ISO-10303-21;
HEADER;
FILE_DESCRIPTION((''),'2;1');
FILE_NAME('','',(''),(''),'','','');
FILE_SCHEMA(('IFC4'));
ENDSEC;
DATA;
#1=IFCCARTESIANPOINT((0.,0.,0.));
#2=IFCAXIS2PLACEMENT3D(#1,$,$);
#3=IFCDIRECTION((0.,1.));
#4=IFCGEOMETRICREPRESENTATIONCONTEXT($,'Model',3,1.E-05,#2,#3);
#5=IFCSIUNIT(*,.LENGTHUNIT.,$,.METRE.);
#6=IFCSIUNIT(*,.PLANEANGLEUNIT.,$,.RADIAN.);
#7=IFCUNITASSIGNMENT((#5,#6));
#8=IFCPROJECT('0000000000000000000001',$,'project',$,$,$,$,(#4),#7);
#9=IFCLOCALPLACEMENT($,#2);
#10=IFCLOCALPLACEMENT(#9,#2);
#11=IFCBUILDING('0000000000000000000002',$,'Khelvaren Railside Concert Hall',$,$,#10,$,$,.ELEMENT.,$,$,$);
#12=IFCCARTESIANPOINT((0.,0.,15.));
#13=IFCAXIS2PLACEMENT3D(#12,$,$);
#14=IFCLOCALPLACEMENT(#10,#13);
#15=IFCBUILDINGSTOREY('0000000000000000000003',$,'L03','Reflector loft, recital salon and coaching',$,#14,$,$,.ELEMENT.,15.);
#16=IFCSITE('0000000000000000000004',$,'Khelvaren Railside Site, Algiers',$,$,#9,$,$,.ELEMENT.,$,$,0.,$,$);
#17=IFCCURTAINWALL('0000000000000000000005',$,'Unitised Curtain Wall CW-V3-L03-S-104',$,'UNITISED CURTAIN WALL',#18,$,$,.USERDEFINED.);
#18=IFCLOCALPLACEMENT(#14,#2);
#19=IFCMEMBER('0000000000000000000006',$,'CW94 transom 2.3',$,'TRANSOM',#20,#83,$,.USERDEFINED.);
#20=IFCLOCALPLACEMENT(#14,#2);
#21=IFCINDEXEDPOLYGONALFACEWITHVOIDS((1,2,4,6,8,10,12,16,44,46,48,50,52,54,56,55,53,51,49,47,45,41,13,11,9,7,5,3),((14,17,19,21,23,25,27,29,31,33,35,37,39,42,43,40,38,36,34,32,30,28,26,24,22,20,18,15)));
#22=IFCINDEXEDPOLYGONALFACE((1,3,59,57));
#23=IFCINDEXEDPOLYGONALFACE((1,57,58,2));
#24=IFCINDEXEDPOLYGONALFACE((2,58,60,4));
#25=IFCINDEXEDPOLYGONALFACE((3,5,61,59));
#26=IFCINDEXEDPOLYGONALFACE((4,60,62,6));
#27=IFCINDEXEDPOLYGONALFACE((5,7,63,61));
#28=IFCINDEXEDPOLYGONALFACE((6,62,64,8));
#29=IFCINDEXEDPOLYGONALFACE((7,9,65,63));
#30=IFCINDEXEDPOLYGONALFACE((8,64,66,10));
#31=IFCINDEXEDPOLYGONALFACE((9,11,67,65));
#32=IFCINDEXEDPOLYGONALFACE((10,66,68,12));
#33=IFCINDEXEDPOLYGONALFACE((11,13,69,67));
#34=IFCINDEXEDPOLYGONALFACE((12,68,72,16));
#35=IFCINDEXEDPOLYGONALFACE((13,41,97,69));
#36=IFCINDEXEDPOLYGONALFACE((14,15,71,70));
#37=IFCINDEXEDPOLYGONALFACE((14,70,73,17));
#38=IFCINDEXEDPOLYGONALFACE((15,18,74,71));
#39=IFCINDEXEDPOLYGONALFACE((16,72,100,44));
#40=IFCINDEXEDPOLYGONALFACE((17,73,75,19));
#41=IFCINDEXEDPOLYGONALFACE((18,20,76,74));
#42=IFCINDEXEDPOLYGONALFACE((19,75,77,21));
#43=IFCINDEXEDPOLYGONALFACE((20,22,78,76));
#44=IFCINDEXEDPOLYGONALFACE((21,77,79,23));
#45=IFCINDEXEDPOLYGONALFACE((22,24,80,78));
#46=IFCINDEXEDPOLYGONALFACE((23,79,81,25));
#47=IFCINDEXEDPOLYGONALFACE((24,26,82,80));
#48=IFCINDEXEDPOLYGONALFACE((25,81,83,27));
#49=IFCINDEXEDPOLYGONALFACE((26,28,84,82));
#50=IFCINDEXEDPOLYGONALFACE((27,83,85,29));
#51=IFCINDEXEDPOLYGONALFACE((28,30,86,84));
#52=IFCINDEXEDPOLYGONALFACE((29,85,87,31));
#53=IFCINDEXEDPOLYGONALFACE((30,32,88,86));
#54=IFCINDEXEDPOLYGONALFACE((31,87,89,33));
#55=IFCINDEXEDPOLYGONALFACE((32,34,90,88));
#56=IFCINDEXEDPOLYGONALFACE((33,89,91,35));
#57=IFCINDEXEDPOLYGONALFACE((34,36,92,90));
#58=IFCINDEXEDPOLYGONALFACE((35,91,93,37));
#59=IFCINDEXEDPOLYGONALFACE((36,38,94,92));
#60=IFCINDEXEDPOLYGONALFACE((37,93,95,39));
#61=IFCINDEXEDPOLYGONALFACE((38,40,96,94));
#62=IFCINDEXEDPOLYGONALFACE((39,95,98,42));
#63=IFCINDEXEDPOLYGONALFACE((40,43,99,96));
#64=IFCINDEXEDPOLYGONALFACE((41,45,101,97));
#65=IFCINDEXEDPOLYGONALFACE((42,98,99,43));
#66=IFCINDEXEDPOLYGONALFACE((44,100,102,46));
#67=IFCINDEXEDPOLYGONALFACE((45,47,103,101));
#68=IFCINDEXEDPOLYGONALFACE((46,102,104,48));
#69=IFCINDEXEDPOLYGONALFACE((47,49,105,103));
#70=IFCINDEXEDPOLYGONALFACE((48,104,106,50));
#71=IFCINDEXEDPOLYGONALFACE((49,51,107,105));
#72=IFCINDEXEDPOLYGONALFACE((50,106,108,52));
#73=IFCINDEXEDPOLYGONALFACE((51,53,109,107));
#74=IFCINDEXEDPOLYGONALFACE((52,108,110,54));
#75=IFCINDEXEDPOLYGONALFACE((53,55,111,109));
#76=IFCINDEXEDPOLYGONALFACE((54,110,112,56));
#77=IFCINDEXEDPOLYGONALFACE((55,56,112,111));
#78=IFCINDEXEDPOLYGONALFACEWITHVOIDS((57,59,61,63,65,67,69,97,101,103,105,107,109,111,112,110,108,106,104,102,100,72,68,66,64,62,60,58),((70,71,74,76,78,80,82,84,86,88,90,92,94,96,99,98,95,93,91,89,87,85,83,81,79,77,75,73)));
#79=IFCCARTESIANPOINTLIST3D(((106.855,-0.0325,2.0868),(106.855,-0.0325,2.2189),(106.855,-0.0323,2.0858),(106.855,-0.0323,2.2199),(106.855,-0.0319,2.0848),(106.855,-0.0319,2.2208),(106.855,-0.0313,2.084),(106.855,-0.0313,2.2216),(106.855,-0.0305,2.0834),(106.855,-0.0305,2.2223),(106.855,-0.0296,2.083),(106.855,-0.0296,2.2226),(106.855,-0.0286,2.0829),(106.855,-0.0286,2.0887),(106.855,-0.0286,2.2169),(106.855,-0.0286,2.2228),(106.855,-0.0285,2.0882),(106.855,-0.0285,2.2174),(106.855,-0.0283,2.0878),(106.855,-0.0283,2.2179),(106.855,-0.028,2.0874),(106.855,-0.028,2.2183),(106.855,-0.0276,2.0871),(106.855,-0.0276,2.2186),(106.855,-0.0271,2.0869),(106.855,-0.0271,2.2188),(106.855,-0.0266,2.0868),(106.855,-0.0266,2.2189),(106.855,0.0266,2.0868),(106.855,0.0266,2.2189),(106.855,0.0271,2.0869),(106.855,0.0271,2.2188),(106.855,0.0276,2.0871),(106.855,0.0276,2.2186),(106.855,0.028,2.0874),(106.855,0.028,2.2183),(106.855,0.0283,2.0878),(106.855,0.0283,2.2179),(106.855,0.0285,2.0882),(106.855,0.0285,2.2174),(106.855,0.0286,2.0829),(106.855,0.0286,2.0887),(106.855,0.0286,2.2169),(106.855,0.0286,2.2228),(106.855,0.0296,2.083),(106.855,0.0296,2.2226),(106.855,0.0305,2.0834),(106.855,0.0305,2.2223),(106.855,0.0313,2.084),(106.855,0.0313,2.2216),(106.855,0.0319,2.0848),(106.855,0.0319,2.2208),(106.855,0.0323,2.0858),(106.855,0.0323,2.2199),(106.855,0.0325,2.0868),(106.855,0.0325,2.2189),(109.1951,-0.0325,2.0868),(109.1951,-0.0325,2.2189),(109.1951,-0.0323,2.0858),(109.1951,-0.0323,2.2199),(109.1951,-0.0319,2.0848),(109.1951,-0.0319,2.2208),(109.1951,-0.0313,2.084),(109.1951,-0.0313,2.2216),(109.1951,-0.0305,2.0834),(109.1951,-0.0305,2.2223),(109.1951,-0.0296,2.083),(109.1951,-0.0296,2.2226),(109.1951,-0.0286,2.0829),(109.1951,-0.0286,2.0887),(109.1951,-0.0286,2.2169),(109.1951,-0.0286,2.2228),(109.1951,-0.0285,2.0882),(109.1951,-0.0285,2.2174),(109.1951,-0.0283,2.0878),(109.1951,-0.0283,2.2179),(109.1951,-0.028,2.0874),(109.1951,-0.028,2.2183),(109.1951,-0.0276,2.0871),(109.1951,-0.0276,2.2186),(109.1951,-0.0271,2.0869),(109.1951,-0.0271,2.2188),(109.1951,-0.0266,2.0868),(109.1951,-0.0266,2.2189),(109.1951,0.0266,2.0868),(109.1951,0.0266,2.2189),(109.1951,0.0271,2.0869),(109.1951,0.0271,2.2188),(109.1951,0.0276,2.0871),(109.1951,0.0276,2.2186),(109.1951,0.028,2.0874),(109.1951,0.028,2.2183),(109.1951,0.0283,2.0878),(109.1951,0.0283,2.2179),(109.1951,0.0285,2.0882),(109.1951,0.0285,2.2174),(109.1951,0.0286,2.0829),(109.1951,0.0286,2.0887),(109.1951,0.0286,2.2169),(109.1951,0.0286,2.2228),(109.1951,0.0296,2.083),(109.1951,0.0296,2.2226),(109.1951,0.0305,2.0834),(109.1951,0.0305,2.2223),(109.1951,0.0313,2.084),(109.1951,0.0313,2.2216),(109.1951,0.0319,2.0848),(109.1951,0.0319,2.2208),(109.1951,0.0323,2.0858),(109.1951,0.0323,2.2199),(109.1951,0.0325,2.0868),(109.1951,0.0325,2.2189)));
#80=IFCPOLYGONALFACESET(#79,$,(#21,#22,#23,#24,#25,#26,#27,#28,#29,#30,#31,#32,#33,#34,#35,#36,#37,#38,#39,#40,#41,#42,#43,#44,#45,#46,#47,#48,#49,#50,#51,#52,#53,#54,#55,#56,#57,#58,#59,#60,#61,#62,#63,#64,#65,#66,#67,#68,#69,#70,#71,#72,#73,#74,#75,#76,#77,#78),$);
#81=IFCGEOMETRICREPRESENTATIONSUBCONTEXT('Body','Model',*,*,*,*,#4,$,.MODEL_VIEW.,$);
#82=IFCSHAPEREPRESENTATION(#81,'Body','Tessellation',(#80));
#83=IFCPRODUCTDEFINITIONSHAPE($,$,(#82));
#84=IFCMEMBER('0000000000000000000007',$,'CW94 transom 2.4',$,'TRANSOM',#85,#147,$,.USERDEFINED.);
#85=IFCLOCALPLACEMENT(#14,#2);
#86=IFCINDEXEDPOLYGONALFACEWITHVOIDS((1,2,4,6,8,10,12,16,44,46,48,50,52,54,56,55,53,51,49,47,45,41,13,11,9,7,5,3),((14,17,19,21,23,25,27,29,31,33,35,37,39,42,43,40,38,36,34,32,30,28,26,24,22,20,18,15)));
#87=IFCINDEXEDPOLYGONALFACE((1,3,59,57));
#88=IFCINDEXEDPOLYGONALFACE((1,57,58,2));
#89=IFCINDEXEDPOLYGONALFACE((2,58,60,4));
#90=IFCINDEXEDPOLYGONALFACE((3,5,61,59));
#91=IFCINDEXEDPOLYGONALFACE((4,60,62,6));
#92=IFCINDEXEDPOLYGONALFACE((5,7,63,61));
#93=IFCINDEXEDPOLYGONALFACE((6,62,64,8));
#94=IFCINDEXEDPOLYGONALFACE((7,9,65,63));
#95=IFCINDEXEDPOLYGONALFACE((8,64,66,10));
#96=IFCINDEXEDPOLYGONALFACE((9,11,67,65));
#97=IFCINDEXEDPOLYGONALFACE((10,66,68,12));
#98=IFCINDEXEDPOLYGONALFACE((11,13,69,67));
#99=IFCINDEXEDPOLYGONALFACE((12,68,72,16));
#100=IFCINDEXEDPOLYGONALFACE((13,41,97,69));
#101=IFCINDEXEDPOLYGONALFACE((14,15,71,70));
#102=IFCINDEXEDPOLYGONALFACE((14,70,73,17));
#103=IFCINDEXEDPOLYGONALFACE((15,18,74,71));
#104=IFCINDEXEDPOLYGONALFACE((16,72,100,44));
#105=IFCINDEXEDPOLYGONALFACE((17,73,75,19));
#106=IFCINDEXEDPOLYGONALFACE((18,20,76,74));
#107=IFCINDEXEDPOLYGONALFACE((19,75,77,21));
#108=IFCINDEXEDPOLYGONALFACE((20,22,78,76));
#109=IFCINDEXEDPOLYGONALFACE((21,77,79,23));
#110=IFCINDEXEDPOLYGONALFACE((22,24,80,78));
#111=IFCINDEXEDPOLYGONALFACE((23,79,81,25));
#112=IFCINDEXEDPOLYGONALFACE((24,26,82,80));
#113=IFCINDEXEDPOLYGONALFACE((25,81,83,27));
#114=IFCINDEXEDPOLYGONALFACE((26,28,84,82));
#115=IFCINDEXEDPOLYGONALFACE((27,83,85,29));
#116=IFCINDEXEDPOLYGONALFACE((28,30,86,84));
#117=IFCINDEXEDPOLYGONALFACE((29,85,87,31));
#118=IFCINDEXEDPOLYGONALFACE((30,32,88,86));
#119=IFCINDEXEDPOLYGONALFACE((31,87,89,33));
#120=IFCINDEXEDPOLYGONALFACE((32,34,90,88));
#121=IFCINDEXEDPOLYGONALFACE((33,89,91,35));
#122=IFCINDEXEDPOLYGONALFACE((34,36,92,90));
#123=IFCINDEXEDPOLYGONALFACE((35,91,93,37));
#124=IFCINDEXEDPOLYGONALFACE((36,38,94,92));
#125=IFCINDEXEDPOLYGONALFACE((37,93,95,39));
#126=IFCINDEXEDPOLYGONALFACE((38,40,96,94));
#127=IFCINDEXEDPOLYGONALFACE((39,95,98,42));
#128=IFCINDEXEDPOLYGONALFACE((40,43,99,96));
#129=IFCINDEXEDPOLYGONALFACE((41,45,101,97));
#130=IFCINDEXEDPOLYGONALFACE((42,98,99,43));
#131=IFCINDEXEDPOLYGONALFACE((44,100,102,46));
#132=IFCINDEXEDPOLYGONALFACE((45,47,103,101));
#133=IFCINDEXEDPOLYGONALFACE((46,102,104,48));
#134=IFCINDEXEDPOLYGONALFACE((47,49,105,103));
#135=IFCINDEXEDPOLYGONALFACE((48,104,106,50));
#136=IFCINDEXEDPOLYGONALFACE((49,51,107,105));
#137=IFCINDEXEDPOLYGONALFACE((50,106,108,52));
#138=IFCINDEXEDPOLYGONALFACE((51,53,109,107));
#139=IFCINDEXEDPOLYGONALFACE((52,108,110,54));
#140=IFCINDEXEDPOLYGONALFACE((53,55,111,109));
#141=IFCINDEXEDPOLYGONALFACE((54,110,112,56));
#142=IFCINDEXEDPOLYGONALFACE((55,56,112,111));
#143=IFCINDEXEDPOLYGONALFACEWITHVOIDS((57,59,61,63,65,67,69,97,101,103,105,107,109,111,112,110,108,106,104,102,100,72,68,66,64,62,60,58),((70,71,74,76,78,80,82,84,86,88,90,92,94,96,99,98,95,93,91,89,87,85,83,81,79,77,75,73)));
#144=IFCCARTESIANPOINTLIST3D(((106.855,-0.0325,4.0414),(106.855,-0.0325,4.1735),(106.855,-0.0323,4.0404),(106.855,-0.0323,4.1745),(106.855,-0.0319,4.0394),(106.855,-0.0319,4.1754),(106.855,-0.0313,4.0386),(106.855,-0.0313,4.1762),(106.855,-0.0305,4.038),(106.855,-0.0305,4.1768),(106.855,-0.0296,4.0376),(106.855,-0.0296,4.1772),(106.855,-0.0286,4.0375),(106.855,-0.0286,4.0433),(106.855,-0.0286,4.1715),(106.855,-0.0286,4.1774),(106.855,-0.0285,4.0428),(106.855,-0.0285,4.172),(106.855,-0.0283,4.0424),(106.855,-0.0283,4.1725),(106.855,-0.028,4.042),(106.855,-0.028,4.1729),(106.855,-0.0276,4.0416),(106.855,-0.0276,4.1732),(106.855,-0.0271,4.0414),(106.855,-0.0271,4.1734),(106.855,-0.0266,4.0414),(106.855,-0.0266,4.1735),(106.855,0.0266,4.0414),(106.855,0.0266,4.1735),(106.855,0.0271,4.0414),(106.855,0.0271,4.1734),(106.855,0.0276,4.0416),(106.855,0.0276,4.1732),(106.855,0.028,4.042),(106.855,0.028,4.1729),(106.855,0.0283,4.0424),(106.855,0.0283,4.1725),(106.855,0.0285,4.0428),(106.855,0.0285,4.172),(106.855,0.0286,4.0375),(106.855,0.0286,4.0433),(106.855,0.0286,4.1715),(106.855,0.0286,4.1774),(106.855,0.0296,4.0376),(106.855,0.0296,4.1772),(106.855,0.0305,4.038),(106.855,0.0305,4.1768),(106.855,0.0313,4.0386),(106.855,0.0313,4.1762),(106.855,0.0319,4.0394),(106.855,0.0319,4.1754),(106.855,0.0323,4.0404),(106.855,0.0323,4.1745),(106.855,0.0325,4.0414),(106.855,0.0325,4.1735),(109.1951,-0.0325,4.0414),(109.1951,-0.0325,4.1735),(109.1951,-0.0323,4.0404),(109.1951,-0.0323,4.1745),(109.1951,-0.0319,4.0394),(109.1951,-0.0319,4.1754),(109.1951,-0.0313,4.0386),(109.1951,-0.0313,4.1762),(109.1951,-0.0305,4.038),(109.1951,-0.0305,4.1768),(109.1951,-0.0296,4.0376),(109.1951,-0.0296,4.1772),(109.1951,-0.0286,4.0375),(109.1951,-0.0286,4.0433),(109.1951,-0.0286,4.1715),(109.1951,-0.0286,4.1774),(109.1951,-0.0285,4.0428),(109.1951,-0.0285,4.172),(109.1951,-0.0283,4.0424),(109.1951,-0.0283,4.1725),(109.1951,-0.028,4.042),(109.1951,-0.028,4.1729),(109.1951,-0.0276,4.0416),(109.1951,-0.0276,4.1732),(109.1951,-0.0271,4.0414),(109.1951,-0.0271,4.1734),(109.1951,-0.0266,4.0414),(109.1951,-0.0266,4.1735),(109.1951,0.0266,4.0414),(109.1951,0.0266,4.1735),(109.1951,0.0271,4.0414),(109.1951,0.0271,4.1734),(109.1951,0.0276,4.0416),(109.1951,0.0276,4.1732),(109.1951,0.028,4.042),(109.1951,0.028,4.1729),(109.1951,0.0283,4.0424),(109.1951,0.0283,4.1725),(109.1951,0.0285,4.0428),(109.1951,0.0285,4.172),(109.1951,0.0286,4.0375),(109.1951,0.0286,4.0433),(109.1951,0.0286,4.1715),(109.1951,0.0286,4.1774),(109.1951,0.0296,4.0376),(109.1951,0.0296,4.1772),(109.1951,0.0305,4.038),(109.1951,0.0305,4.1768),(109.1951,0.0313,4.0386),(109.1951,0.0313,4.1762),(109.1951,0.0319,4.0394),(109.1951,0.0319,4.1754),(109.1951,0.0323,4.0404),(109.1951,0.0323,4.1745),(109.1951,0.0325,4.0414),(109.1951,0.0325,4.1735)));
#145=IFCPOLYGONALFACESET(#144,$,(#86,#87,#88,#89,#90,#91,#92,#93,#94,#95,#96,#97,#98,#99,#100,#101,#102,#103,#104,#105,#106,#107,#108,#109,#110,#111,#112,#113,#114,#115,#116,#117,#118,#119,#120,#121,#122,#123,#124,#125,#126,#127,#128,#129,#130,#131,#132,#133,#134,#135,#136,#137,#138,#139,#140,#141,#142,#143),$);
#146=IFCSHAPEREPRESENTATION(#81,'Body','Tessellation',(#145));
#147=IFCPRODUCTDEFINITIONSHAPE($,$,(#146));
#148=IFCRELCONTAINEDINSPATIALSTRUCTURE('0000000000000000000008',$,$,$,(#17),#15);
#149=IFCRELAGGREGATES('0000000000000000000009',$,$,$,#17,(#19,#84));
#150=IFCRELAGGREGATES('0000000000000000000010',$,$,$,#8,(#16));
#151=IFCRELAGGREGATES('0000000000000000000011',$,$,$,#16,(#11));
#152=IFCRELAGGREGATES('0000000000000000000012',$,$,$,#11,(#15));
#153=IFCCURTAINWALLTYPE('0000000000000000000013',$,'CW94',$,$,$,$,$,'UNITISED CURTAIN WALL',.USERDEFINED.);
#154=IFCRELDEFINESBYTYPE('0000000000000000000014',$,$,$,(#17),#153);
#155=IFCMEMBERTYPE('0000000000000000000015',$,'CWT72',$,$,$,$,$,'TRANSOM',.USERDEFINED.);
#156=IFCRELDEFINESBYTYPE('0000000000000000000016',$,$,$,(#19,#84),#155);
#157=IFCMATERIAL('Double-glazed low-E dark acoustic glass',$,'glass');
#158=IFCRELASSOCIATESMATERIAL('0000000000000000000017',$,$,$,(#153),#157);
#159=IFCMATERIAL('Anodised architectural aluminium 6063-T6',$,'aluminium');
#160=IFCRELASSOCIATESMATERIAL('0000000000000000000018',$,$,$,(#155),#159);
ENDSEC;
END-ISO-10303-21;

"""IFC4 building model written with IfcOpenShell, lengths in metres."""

from ifc_helpers import new_model, si_unit, direction, frame, origin, origin_2d, place, context, subcontext, project, spatial, hollow_rectangle, extrude, material, material_profile, profile_set, type_object, element, aggregate, save


model = new_model("IFC4")

# Units and contexts
model_context = context("Model", 3, precision=1e-05, world=origin(), true_north=direction((0.0, 1.0)))
body_context = subcontext(model_context, "Body", "Model", "MODEL_VIEW")
ifc_project = project(units=[si_unit("LENGTHUNIT", "METRE"), si_unit("PLANEANGLEUNIT", "RADIAN")], contexts=[model_context])

# Site, building, storey
site_placement = place(None, origin())
site = spatial("IfcSite", under=ifc_project, at=site_placement, Name="Khelvaren Railside Site, Algiers", CompositionType="ELEMENT", RefElevation=0.0)
building_placement = place(site_placement, origin())
building = spatial("IfcBuilding", under=site, at=building_placement, Name="Khelvaren Railside Concert Hall", CompositionType="ELEMENT")
storey_placement = place(building_placement, frame((0.0, 0.0, 15.0)))
storey = spatial("IfcBuildingStorey", under=building, at=storey_placement, Name="L03", Description="Reflector loft, recital salon and coaching", CompositionType="ELEMENT", Elevation=15.0)

# Curtain wall
ifc_material_1 = material(Name="Double-glazed low-E dark acoustic glass", Category="glass")
curtain_wall_type_1 = type_object("IfcCurtainWallType", Name="CW94", ElementType="UNITISED CURTAIN WALL", PredefinedType="USERDEFINED", material=ifc_material_1)
curtain_wall_1_placement = place(storey_placement, origin())
curtain_wall_1 = element("IfcCurtainWall", 1, at=curtain_wall_1_placement, inside=storey, type_object=curtain_wall_type_1, Name="Unitised Curtain Wall CW-V3-L03-S-104", ObjectType="UNITISED CURTAIN WALL", PredefinedType="USERDEFINED")
ifc_material_2 = material(Name="Anodised architectural aluminium 6063-T6", Category="aluminium")

# Members
ifc_material_profile_1 = material_profile(ifc_material_2, hollow_rectangle(XDim=0.0649, YDim=0.1399, WallThickness=0.0039, InnerFilletRadius=0.002, OuterFilletRadius=0.0039, at=origin_2d()), Name="CWT 65x140x4")
ifc_profile_set_1 = profile_set([ifc_material_profile_1], Name="Anodised architectural aluminium 6063-T6")
member_type_1 = type_object("IfcMemberType", Name="CWT72", ElementType="TRANSOM", PredefinedType="USERDEFINED", material=ifc_profile_set_1)
member_1_placement = place(storey_placement, frame((109.1951, 0.0, 2.1528), z_axis=(-1.0, 0.0, 0.0), x_axis=(0.0, -1.0, 0.0)))
member_1 = element("IfcMember", 2, at=member_1_placement, type_object=member_type_1, Name="CW94 transom 2.3", ObjectType="TRANSOM", PredefinedType="USERDEFINED", context=body_context, shape_type="SweptSolid", body=[
    extrude(hollow_rectangle(XDim=0.0649, YDim=0.1399, WallThickness=0.0039, InnerFilletRadius=0.002, OuterFilletRadius=0.0039, at=origin_2d()), origin(), (0.0, 0.0, 1.0), 2.3401),
])
member_2_placement = place(storey_placement, frame((109.1951, 0.0, 4.1074), z_axis=(-1.0, 0.0, 0.0), x_axis=(0.0, -1.0, 0.0)))
member_2 = element("IfcMember", 3, at=member_2_placement, type_object=member_type_1, Name="CW94 transom 2.4", ObjectType="TRANSOM", PredefinedType="USERDEFINED", context=body_context, shape_type="SweptSolid", body=[
    extrude(hollow_rectangle(XDim=0.0649, YDim=0.1399, WallThickness=0.0039, InnerFilletRadius=0.002, OuterFilletRadius=0.0039, at=origin_2d()), origin(), (0.0, 0.0, 1.0), 2.3401),
])

aggregate(curtain_wall_1, [member_1, member_2])

save(model, "model.ifc")
